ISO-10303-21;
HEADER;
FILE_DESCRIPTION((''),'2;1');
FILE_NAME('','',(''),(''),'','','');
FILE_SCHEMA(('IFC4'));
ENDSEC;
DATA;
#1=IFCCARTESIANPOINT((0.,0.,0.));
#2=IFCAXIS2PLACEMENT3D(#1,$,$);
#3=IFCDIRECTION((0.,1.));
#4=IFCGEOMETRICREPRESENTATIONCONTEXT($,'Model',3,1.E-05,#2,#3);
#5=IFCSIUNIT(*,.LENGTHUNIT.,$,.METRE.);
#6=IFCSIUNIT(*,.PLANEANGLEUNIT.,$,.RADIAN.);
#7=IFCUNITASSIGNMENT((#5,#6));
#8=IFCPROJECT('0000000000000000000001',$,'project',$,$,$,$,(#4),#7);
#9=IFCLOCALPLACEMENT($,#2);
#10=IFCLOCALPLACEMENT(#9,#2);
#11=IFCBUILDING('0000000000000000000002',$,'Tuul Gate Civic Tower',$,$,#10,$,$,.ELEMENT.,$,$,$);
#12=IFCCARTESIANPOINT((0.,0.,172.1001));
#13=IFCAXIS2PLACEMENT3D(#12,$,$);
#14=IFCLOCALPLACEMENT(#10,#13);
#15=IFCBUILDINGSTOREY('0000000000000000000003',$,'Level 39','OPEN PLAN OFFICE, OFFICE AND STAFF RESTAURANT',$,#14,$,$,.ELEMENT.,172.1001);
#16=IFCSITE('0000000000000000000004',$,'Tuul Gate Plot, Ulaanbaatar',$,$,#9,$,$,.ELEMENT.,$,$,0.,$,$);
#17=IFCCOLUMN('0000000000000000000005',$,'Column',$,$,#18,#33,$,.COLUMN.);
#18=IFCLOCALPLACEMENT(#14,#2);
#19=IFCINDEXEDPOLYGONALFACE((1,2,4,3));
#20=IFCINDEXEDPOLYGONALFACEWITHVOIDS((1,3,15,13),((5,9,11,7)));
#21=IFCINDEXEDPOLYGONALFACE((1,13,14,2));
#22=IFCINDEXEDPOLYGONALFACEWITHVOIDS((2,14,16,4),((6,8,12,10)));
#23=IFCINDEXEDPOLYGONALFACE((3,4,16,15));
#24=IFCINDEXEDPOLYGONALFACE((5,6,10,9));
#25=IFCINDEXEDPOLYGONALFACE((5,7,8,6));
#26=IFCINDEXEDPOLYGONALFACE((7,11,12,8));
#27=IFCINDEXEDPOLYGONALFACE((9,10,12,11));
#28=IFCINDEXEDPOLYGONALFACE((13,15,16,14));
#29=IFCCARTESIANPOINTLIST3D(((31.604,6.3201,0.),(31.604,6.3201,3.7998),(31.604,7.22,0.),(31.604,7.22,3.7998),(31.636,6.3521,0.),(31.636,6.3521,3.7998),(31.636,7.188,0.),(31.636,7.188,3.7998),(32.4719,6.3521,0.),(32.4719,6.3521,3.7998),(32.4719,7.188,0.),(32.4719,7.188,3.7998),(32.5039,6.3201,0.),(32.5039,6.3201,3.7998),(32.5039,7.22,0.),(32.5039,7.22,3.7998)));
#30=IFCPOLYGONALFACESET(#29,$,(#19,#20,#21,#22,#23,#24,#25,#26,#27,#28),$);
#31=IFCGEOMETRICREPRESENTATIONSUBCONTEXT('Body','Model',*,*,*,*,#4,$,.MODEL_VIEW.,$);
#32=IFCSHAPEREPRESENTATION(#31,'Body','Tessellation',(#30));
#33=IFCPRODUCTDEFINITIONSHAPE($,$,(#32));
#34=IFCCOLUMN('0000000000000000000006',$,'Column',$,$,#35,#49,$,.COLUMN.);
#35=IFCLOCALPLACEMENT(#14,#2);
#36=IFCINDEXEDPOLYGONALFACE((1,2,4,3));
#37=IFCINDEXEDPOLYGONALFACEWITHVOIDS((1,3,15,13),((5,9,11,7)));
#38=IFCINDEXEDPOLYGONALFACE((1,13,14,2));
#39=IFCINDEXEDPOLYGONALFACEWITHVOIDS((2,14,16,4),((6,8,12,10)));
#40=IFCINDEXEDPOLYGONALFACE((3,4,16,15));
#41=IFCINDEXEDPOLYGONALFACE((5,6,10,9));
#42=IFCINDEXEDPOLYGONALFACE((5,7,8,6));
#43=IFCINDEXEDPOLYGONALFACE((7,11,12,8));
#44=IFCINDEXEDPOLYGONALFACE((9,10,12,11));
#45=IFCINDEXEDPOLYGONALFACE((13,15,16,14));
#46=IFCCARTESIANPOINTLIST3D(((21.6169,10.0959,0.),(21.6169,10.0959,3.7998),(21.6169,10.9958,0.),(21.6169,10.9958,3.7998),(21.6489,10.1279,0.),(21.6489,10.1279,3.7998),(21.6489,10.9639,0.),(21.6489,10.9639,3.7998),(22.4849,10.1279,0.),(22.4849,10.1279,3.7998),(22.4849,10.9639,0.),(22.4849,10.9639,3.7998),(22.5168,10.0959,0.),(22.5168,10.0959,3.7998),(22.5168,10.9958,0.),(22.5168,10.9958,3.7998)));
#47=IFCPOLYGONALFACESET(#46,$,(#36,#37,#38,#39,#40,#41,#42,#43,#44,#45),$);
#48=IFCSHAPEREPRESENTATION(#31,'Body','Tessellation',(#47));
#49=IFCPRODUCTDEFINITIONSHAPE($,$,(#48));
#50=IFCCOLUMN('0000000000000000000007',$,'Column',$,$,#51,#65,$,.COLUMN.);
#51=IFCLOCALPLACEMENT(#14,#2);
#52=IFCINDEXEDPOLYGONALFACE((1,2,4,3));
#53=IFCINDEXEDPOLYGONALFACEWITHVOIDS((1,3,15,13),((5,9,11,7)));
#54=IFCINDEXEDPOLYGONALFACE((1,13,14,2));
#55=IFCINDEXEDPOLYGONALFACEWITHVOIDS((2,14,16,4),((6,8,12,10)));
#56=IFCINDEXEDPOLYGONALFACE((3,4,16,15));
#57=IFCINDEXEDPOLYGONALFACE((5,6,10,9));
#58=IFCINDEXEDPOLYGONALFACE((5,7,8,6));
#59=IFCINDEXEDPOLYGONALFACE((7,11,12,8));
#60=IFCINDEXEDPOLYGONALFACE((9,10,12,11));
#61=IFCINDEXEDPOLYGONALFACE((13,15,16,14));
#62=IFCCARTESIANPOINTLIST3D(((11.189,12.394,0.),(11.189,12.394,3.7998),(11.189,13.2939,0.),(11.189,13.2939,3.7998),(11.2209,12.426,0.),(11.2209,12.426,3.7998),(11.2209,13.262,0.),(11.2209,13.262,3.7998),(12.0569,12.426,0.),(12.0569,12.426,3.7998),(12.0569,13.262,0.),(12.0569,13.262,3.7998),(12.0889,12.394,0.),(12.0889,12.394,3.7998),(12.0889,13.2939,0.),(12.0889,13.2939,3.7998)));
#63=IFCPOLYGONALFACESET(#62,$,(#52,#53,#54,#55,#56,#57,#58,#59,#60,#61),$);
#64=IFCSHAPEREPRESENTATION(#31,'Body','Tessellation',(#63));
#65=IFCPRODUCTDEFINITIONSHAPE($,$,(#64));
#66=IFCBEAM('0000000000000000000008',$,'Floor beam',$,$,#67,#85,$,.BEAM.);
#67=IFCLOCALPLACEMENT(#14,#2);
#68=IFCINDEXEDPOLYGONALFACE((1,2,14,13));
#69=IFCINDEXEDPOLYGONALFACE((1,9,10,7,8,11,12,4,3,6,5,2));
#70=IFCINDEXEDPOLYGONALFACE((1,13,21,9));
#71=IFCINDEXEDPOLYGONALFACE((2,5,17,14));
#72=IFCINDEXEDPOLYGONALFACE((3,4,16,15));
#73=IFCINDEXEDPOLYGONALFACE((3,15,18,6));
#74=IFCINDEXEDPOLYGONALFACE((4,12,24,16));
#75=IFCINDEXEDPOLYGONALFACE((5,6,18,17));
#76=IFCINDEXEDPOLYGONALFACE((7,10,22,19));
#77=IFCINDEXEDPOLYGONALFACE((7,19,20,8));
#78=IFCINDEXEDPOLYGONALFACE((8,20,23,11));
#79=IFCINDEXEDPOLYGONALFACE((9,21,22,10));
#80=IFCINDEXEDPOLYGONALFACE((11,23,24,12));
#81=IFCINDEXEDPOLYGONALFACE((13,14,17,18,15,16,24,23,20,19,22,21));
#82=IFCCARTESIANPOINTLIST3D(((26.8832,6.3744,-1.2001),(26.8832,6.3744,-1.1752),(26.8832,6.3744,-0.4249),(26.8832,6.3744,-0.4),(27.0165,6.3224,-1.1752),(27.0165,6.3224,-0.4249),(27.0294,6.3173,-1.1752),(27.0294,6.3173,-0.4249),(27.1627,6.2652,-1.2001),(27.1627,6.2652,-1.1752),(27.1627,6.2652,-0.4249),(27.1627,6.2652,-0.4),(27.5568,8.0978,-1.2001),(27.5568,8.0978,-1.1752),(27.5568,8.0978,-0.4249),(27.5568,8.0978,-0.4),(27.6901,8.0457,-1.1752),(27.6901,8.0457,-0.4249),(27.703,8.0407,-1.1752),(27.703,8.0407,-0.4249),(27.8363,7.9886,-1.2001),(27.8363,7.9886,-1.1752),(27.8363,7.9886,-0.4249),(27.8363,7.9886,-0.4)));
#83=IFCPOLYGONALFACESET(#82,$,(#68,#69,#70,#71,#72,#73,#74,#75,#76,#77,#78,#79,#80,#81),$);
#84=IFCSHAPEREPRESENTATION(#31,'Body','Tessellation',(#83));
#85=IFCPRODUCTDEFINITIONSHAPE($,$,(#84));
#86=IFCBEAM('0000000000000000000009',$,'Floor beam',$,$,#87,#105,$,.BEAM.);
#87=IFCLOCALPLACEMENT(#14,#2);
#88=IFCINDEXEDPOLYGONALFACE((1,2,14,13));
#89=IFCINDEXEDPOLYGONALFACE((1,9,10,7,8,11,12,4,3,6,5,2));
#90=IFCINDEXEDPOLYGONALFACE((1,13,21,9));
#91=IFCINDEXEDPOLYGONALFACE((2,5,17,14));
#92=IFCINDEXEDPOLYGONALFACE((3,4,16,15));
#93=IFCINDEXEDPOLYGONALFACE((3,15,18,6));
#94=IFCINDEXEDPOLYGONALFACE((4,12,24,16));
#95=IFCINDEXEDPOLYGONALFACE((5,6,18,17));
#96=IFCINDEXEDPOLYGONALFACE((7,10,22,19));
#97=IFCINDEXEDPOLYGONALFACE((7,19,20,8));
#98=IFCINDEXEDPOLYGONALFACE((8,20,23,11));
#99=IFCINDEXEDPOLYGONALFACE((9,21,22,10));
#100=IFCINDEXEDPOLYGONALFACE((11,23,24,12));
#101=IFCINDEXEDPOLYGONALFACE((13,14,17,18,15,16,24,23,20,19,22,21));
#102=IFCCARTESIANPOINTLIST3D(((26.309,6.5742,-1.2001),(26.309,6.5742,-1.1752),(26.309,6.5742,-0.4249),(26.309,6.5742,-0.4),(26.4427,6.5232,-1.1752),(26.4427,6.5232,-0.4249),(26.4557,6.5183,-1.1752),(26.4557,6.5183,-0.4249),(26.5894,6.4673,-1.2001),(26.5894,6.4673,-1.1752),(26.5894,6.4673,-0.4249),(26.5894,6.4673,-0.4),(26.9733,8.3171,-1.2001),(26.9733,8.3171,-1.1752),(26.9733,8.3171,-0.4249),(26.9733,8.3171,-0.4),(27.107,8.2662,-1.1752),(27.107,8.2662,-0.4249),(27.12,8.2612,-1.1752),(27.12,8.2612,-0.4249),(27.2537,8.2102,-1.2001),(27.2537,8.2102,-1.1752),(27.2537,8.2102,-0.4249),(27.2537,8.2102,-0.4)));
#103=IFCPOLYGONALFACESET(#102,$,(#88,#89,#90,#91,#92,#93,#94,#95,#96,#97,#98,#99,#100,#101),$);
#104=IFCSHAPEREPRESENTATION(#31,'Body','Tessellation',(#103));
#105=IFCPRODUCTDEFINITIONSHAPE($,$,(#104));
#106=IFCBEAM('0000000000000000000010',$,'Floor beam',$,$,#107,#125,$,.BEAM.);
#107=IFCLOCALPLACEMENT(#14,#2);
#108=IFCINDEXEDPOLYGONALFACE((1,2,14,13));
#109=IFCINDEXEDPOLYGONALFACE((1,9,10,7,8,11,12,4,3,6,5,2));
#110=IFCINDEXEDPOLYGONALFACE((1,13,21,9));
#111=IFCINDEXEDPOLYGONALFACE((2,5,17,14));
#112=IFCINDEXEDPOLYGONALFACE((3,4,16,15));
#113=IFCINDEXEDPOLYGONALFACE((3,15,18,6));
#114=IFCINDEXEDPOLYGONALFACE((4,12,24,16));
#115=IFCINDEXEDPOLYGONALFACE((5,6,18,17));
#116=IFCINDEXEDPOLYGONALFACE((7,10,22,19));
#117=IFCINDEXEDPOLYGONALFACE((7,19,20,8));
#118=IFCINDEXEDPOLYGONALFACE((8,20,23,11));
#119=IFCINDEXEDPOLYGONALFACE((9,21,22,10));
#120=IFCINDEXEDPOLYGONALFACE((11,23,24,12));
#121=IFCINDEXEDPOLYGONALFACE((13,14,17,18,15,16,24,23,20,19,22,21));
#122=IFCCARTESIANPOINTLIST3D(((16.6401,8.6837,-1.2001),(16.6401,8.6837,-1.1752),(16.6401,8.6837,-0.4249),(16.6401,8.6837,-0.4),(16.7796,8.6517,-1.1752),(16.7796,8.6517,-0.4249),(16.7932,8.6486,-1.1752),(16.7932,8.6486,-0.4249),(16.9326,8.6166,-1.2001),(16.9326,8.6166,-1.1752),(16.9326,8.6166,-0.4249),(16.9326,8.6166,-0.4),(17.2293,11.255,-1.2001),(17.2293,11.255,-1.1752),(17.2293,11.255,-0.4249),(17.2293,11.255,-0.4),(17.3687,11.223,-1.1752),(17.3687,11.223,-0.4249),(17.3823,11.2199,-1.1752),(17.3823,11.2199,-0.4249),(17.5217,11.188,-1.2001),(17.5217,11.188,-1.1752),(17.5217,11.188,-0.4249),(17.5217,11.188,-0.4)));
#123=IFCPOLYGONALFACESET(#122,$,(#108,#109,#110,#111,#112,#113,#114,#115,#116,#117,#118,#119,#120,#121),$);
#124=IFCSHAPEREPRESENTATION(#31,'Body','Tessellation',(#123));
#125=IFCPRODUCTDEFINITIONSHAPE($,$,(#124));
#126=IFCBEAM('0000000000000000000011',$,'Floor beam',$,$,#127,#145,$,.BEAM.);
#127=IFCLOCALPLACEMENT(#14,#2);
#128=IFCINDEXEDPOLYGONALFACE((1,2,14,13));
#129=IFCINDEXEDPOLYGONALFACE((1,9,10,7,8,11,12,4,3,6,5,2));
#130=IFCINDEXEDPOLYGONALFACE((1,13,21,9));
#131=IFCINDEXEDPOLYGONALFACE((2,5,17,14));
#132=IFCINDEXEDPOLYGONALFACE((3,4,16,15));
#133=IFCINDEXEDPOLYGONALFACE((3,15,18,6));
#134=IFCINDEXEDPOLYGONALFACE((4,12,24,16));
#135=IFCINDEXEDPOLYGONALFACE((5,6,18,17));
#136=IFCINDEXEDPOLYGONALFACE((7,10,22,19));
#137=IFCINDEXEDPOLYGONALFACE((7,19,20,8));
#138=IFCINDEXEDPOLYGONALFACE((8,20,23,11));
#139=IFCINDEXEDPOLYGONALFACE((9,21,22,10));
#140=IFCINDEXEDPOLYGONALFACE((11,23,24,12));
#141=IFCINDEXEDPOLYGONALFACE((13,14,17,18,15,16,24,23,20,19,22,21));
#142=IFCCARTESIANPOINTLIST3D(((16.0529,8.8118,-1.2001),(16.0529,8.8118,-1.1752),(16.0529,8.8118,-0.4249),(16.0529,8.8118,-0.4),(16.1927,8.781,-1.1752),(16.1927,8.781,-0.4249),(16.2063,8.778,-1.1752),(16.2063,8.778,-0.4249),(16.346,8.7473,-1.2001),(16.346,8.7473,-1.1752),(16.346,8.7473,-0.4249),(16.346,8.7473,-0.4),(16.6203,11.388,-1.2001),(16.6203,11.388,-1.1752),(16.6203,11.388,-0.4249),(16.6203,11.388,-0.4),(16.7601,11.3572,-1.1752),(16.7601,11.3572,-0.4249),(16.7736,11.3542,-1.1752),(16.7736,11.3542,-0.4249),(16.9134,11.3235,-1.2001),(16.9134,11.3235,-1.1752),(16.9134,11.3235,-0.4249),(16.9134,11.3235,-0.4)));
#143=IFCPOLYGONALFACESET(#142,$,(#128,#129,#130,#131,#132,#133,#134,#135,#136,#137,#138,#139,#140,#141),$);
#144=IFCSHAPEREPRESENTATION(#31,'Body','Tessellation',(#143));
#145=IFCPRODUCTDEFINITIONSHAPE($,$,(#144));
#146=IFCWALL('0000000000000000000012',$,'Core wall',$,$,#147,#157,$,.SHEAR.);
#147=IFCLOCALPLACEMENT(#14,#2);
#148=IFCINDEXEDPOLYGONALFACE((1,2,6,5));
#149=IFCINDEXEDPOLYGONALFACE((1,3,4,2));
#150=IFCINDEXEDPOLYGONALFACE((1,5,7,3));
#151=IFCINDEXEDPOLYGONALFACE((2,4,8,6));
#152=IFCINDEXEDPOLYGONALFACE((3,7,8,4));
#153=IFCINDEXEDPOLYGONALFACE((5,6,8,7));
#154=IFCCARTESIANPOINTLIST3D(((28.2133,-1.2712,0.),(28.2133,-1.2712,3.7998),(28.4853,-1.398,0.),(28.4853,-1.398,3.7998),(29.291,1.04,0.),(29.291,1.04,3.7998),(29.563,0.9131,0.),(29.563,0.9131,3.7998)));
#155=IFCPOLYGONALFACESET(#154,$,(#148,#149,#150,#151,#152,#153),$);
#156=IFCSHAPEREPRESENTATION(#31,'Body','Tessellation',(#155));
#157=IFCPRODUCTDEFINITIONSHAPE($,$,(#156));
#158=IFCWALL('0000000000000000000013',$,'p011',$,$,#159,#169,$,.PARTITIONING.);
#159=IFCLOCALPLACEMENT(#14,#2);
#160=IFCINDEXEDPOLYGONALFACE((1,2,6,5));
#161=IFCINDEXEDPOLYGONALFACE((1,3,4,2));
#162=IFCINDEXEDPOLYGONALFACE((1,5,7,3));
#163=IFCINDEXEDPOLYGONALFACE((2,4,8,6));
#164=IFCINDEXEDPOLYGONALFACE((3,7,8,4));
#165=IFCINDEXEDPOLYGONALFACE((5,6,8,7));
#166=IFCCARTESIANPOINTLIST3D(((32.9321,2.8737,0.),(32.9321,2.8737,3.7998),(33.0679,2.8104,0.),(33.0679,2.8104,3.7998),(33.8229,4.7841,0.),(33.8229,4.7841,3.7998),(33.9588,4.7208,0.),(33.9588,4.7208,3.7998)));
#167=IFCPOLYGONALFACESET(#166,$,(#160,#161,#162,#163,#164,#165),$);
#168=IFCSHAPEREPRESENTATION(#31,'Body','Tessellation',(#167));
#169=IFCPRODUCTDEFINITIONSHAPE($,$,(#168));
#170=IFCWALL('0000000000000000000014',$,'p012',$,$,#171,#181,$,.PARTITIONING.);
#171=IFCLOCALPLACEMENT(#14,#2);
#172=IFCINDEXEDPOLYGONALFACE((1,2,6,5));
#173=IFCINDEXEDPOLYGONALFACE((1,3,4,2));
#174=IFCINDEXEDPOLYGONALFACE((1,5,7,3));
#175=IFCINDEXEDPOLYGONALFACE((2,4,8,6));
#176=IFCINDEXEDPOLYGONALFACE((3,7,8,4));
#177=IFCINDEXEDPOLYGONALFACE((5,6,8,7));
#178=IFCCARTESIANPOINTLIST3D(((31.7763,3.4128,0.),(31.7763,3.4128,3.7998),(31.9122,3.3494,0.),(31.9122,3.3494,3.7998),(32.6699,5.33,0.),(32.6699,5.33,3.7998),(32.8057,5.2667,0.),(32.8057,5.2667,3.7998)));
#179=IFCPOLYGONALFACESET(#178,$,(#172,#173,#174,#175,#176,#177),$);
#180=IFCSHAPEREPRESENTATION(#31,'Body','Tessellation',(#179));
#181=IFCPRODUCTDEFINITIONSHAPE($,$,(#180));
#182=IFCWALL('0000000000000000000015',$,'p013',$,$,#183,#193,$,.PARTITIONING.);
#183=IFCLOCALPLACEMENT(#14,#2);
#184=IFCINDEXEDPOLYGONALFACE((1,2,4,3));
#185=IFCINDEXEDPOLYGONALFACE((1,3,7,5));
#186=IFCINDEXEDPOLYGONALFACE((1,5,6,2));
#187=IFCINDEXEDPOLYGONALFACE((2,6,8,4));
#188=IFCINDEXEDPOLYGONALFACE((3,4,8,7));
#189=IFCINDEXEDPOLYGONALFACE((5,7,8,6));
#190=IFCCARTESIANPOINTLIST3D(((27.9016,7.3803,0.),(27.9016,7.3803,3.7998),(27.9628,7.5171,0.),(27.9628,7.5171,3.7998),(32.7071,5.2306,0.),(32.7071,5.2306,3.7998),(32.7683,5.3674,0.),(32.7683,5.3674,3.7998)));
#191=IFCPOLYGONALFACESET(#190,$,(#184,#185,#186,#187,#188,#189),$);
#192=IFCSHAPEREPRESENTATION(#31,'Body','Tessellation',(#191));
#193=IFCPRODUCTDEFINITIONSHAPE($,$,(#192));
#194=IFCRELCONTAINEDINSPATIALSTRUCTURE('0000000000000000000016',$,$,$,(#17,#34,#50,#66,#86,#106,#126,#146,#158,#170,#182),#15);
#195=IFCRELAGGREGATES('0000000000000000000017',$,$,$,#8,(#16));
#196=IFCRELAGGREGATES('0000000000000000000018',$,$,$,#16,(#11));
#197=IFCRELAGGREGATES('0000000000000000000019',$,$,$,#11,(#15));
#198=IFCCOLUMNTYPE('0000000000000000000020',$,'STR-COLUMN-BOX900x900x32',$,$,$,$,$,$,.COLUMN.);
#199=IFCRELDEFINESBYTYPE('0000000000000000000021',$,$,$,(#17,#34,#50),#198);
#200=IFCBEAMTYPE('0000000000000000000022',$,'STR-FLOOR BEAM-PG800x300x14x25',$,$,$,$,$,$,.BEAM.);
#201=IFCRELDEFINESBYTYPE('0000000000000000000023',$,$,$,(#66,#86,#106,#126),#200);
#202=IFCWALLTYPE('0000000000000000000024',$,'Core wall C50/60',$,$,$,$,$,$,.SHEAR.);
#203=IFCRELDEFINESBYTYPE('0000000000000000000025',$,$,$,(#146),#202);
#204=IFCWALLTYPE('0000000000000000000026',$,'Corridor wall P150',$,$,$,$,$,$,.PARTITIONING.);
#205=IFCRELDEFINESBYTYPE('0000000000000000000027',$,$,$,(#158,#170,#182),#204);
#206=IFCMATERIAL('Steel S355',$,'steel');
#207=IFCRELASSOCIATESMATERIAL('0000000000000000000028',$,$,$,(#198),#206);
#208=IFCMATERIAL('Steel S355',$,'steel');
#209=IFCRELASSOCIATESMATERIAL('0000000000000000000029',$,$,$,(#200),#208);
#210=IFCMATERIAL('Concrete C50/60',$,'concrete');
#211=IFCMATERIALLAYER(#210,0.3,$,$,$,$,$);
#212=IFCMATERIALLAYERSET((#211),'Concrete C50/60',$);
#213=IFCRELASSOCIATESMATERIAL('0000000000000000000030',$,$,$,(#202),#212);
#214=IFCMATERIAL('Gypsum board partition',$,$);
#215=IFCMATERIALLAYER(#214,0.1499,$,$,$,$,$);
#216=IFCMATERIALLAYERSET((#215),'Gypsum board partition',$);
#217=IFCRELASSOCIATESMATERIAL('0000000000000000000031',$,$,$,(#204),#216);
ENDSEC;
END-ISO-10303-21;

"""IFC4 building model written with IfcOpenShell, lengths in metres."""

from ifc_helpers import new_model, si_unit, direction, frame, frame_2d, origin, origin_2d, place, context, subcontext, project, spatial, rectangle, hollow_rectangle, i_section, extrude, material, layer, layer_set, material_profile, profile_set, type_object, element, save


model = new_model("IFC4")

# Units and contexts
model_context = context("Model", 3, precision=1e-05, world=origin(), true_north=direction((0.0, 1.0)))
body_context = subcontext(model_context, "Body", "Model", "MODEL_VIEW")
ifc_project = project(units=[si_unit("LENGTHUNIT", "METRE"), si_unit("PLANEANGLEUNIT", "RADIAN")], contexts=[model_context])

# Site, building, storey
site_placement = place(None, origin())
site = spatial("IfcSite", under=ifc_project, at=site_placement, Name="Tuul Gate Plot, Ulaanbaatar", CompositionType="ELEMENT", RefElevation=0.0)
building_placement = place(site_placement, origin())
building = spatial("IfcBuilding", under=site, at=building_placement, Name="Tuul Gate Civic Tower", CompositionType="ELEMENT")
storey_placement = place(building_placement, frame((0.0, 0.0, 172.1001)))
storey = spatial("IfcBuildingStorey", under=building, at=storey_placement, Name="Level 39", Description="OPEN PLAN OFFICE, OFFICE AND STAFF RESTAURANT", CompositionType="ELEMENT", Elevation=172.1001)

# Columns
ifc_material_1 = material(Name="Steel S355", Category="steel")
ifc_material_profile_1 = material_profile(ifc_material_1, hollow_rectangle(XDim=0.8999, YDim=0.8999, WallThickness=0.032, at=origin_2d()), Name="BOX900x900x32")
ifc_profile_set_1 = profile_set([ifc_material_profile_1], Name="Steel S355")
column_type = type_object("IfcColumnType", Name="STR-COLUMN-BOX900x900x32", PredefinedType="COLUMN", material=ifc_profile_set_1)
for number, where, z_axis, x_axis, name in (
    (1, (32.054, 6.77, 0.0), (0.0, 0.0, 1.0), (1.0, 0.0, 0.0), "Column"),
    (2, (22.0669, 10.5459, 0.0), (0.0, 0.0, 1.0), (1.0, 0.0, 0.0), "Column"),
    (3, (11.6389, 12.844, 0.0), (0.0, 0.0, 1.0), (1.0, 0.0, 0.0), "Column"),
):
    element("IfcColumn", number, at=place(storey_placement, frame(where, z_axis=z_axis, x_axis=x_axis)), inside=storey, type_object=column_type, Name=name, PredefinedType="COLUMN", context=body_context, shape_type="SweptSolid", body=[
        extrude(hollow_rectangle(XDim=0.8999, YDim=0.8999, WallThickness=0.032, at=origin_2d()), origin(), (0.0, 0.0, 1.0), 3.7998),
    ])

# Beams
ifc_material_2 = material(Name="Steel S355", Category="steel")
ifc_material_profile_2 = material_profile(ifc_material_2, i_section(OverallWidth=0.3, OverallDepth=0.8, WebThickness=0.0139, FlangeThickness=0.0249, at=origin_2d()), Name="PG800x300x14x25")
ifc_profile_set_2 = profile_set([ifc_material_profile_2], Name="Steel S355")
beam_type = type_object("IfcBeamType", Name="STR-FLOOR BEAM-PG800x300x14x25", PredefinedType="BEAM", material=ifc_profile_set_2)
beam_1_placement = place(storey_placement, frame((27.0229, 6.3198, -0.8), z_axis=(0.364031, 0.931387, 0.0), x_axis=(-0.931387, 0.364031, 0.0)))
element("IfcBeam", 4, at=beam_1_placement, inside=storey, type_object=beam_type, Name="Floor beam", PredefinedType="BEAM", context=body_context, shape_type="SweptSolid", body=[
    extrude(i_section(OverallWidth=0.3, OverallDepth=0.8, WebThickness=0.0139, FlangeThickness=0.0249, at=origin_2d()), origin(), (0.0, 0.0, 1.0), 1.8503),
])
beam_2_placement = place(storey_placement, frame((26.4492, 6.5208, -0.8), z_axis=(0.356153, 0.934428, 0.0), x_axis=(-0.934428, 0.356153, 0.0)))
element("IfcBeam", 5, at=beam_2_placement, inside=storey, type_object=beam_type, Name="Floor beam", PredefinedType="BEAM", context=body_context, shape_type="SweptSolid", body=[
    extrude(i_section(OverallWidth=0.3, OverallDepth=0.8, WebThickness=0.0139, FlangeThickness=0.0249, at=origin_2d()), origin(), (0.0, 0.0, 1.0), 1.8652),
])
for number, where, z_axis, x_axis, name in (
    (6, (16.7864, 8.6501, -0.8), (0.223325, 0.974744, 0.0), (-0.974744, 0.223325, 0.0), "Floor beam"),
    (7, (16.1995, 8.7795, -0.8), (0.215088, 0.976595, 0.0), (-0.976595, 0.215088, 0.0), "Floor beam"),
):
    element("IfcBeam", number, at=place(storey_placement, frame(where, z_axis=z_axis, x_axis=x_axis)), inside=storey, type_object=beam_type, Name=name, PredefinedType="BEAM", context=body_context, shape_type="SweptSolid", body=[
        extrude(i_section(OverallWidth=0.3, OverallDepth=0.8, WebThickness=0.0139, FlangeThickness=0.0249, at=origin_2d()), origin(), (0.0, 0.0, 1.0), 2.6379),
    ])

# Walls
ifc_material_3 = material(Name="Concrete C50/60", Category="concrete")
ifc_layer_1 = layer(ifc_material_3, 0.3)
ifc_layer_set_1 = layer_set([ifc_layer_1], Name="Concrete C50/60")
wall_type_1 = type_object("IfcWallType", Name="Core wall C50/60", PredefinedType="SHEAR", material=ifc_layer_set_1)
wall_1_placement = place(storey_placement, frame((28.3494, -1.3345, 0.0), z_axis=(0.0, 0.0, 1.0), x_axis=(0.422613, 0.90631, 0.0)))
element("IfcWall", 8, at=wall_1_placement, inside=storey, type_object=wall_type_1, Name="Core wall", PredefinedType="SHEAR", context=body_context, shape_type="SweptSolid", body=[
    extrude(rectangle(XDim=2.55, YDim=0.3, at=frame_2d((1.2749, 0.0))), origin(), (0.0, 0.0, 1.0), 3.7998),
])
ifc_material_4 = material(Name="Gypsum board partition")
ifc_layer_2 = layer(ifc_material_4, 0.1499)
ifc_layer_set_2 = layer_set([ifc_layer_2], Name="Gypsum board partition")
wall_type_2 = type_object("IfcWallType", Name="Corridor wall P150", PredefinedType="PARTITIONING", material=ifc_layer_set_2)
wall_2_placement = place(storey_placement, frame((33.0, 2.842, 0.0), z_axis=(0.0, 0.0, 1.0), x_axis=(0.422632, 0.906301, 0.0)))
element("IfcWall", 9, at=wall_2_placement, inside=storey, type_object=wall_type_2, Name="p011", PredefinedType="PARTITIONING", context=body_context, shape_type="SweptSolid", body=[
    extrude(rectangle(XDim=2.1079, YDim=0.1499, at=frame_2d((1.054, 0.0))), origin(), (0.0, 0.0, 1.0), 3.7998),
])
wall_3_placement = place(storey_placement, frame((31.8442, 3.3811, 0.0), z_axis=(0.0, 0.0, 1.0), x_axis=(0.422437, 0.906392, 0.0)))
element("IfcWall", 10, at=wall_3_placement, inside=storey, type_object=wall_type_2, Name="p012", PredefinedType="PARTITIONING", context=body_context, shape_type="SweptSolid", body=[
    extrude(rectangle(XDim=2.1152, YDim=0.1499, at=frame_2d((1.0576, 0.0))), origin(), (0.0, 0.0, 1.0), 3.7998),
])
wall_4_placement = place(storey_placement, frame((27.9321, 7.4487, 0.0), z_axis=(0.0, 0.0, 1.0), x_axis=(0.912828, -0.408345, 0.0)))
element("IfcWall", 11, at=wall_4_placement, inside=storey, type_object=wall_type_2, Name="p013", PredefinedType="PARTITIONING", context=body_context, shape_type="SweptSolid", body=[
    extrude(rectangle(XDim=5.2644, YDim=0.1499, at=frame_2d((2.6323, 0.0))), origin(), (0.0, 0.0, 1.0), 3.7998),
])

save(model, "model.ifc")
